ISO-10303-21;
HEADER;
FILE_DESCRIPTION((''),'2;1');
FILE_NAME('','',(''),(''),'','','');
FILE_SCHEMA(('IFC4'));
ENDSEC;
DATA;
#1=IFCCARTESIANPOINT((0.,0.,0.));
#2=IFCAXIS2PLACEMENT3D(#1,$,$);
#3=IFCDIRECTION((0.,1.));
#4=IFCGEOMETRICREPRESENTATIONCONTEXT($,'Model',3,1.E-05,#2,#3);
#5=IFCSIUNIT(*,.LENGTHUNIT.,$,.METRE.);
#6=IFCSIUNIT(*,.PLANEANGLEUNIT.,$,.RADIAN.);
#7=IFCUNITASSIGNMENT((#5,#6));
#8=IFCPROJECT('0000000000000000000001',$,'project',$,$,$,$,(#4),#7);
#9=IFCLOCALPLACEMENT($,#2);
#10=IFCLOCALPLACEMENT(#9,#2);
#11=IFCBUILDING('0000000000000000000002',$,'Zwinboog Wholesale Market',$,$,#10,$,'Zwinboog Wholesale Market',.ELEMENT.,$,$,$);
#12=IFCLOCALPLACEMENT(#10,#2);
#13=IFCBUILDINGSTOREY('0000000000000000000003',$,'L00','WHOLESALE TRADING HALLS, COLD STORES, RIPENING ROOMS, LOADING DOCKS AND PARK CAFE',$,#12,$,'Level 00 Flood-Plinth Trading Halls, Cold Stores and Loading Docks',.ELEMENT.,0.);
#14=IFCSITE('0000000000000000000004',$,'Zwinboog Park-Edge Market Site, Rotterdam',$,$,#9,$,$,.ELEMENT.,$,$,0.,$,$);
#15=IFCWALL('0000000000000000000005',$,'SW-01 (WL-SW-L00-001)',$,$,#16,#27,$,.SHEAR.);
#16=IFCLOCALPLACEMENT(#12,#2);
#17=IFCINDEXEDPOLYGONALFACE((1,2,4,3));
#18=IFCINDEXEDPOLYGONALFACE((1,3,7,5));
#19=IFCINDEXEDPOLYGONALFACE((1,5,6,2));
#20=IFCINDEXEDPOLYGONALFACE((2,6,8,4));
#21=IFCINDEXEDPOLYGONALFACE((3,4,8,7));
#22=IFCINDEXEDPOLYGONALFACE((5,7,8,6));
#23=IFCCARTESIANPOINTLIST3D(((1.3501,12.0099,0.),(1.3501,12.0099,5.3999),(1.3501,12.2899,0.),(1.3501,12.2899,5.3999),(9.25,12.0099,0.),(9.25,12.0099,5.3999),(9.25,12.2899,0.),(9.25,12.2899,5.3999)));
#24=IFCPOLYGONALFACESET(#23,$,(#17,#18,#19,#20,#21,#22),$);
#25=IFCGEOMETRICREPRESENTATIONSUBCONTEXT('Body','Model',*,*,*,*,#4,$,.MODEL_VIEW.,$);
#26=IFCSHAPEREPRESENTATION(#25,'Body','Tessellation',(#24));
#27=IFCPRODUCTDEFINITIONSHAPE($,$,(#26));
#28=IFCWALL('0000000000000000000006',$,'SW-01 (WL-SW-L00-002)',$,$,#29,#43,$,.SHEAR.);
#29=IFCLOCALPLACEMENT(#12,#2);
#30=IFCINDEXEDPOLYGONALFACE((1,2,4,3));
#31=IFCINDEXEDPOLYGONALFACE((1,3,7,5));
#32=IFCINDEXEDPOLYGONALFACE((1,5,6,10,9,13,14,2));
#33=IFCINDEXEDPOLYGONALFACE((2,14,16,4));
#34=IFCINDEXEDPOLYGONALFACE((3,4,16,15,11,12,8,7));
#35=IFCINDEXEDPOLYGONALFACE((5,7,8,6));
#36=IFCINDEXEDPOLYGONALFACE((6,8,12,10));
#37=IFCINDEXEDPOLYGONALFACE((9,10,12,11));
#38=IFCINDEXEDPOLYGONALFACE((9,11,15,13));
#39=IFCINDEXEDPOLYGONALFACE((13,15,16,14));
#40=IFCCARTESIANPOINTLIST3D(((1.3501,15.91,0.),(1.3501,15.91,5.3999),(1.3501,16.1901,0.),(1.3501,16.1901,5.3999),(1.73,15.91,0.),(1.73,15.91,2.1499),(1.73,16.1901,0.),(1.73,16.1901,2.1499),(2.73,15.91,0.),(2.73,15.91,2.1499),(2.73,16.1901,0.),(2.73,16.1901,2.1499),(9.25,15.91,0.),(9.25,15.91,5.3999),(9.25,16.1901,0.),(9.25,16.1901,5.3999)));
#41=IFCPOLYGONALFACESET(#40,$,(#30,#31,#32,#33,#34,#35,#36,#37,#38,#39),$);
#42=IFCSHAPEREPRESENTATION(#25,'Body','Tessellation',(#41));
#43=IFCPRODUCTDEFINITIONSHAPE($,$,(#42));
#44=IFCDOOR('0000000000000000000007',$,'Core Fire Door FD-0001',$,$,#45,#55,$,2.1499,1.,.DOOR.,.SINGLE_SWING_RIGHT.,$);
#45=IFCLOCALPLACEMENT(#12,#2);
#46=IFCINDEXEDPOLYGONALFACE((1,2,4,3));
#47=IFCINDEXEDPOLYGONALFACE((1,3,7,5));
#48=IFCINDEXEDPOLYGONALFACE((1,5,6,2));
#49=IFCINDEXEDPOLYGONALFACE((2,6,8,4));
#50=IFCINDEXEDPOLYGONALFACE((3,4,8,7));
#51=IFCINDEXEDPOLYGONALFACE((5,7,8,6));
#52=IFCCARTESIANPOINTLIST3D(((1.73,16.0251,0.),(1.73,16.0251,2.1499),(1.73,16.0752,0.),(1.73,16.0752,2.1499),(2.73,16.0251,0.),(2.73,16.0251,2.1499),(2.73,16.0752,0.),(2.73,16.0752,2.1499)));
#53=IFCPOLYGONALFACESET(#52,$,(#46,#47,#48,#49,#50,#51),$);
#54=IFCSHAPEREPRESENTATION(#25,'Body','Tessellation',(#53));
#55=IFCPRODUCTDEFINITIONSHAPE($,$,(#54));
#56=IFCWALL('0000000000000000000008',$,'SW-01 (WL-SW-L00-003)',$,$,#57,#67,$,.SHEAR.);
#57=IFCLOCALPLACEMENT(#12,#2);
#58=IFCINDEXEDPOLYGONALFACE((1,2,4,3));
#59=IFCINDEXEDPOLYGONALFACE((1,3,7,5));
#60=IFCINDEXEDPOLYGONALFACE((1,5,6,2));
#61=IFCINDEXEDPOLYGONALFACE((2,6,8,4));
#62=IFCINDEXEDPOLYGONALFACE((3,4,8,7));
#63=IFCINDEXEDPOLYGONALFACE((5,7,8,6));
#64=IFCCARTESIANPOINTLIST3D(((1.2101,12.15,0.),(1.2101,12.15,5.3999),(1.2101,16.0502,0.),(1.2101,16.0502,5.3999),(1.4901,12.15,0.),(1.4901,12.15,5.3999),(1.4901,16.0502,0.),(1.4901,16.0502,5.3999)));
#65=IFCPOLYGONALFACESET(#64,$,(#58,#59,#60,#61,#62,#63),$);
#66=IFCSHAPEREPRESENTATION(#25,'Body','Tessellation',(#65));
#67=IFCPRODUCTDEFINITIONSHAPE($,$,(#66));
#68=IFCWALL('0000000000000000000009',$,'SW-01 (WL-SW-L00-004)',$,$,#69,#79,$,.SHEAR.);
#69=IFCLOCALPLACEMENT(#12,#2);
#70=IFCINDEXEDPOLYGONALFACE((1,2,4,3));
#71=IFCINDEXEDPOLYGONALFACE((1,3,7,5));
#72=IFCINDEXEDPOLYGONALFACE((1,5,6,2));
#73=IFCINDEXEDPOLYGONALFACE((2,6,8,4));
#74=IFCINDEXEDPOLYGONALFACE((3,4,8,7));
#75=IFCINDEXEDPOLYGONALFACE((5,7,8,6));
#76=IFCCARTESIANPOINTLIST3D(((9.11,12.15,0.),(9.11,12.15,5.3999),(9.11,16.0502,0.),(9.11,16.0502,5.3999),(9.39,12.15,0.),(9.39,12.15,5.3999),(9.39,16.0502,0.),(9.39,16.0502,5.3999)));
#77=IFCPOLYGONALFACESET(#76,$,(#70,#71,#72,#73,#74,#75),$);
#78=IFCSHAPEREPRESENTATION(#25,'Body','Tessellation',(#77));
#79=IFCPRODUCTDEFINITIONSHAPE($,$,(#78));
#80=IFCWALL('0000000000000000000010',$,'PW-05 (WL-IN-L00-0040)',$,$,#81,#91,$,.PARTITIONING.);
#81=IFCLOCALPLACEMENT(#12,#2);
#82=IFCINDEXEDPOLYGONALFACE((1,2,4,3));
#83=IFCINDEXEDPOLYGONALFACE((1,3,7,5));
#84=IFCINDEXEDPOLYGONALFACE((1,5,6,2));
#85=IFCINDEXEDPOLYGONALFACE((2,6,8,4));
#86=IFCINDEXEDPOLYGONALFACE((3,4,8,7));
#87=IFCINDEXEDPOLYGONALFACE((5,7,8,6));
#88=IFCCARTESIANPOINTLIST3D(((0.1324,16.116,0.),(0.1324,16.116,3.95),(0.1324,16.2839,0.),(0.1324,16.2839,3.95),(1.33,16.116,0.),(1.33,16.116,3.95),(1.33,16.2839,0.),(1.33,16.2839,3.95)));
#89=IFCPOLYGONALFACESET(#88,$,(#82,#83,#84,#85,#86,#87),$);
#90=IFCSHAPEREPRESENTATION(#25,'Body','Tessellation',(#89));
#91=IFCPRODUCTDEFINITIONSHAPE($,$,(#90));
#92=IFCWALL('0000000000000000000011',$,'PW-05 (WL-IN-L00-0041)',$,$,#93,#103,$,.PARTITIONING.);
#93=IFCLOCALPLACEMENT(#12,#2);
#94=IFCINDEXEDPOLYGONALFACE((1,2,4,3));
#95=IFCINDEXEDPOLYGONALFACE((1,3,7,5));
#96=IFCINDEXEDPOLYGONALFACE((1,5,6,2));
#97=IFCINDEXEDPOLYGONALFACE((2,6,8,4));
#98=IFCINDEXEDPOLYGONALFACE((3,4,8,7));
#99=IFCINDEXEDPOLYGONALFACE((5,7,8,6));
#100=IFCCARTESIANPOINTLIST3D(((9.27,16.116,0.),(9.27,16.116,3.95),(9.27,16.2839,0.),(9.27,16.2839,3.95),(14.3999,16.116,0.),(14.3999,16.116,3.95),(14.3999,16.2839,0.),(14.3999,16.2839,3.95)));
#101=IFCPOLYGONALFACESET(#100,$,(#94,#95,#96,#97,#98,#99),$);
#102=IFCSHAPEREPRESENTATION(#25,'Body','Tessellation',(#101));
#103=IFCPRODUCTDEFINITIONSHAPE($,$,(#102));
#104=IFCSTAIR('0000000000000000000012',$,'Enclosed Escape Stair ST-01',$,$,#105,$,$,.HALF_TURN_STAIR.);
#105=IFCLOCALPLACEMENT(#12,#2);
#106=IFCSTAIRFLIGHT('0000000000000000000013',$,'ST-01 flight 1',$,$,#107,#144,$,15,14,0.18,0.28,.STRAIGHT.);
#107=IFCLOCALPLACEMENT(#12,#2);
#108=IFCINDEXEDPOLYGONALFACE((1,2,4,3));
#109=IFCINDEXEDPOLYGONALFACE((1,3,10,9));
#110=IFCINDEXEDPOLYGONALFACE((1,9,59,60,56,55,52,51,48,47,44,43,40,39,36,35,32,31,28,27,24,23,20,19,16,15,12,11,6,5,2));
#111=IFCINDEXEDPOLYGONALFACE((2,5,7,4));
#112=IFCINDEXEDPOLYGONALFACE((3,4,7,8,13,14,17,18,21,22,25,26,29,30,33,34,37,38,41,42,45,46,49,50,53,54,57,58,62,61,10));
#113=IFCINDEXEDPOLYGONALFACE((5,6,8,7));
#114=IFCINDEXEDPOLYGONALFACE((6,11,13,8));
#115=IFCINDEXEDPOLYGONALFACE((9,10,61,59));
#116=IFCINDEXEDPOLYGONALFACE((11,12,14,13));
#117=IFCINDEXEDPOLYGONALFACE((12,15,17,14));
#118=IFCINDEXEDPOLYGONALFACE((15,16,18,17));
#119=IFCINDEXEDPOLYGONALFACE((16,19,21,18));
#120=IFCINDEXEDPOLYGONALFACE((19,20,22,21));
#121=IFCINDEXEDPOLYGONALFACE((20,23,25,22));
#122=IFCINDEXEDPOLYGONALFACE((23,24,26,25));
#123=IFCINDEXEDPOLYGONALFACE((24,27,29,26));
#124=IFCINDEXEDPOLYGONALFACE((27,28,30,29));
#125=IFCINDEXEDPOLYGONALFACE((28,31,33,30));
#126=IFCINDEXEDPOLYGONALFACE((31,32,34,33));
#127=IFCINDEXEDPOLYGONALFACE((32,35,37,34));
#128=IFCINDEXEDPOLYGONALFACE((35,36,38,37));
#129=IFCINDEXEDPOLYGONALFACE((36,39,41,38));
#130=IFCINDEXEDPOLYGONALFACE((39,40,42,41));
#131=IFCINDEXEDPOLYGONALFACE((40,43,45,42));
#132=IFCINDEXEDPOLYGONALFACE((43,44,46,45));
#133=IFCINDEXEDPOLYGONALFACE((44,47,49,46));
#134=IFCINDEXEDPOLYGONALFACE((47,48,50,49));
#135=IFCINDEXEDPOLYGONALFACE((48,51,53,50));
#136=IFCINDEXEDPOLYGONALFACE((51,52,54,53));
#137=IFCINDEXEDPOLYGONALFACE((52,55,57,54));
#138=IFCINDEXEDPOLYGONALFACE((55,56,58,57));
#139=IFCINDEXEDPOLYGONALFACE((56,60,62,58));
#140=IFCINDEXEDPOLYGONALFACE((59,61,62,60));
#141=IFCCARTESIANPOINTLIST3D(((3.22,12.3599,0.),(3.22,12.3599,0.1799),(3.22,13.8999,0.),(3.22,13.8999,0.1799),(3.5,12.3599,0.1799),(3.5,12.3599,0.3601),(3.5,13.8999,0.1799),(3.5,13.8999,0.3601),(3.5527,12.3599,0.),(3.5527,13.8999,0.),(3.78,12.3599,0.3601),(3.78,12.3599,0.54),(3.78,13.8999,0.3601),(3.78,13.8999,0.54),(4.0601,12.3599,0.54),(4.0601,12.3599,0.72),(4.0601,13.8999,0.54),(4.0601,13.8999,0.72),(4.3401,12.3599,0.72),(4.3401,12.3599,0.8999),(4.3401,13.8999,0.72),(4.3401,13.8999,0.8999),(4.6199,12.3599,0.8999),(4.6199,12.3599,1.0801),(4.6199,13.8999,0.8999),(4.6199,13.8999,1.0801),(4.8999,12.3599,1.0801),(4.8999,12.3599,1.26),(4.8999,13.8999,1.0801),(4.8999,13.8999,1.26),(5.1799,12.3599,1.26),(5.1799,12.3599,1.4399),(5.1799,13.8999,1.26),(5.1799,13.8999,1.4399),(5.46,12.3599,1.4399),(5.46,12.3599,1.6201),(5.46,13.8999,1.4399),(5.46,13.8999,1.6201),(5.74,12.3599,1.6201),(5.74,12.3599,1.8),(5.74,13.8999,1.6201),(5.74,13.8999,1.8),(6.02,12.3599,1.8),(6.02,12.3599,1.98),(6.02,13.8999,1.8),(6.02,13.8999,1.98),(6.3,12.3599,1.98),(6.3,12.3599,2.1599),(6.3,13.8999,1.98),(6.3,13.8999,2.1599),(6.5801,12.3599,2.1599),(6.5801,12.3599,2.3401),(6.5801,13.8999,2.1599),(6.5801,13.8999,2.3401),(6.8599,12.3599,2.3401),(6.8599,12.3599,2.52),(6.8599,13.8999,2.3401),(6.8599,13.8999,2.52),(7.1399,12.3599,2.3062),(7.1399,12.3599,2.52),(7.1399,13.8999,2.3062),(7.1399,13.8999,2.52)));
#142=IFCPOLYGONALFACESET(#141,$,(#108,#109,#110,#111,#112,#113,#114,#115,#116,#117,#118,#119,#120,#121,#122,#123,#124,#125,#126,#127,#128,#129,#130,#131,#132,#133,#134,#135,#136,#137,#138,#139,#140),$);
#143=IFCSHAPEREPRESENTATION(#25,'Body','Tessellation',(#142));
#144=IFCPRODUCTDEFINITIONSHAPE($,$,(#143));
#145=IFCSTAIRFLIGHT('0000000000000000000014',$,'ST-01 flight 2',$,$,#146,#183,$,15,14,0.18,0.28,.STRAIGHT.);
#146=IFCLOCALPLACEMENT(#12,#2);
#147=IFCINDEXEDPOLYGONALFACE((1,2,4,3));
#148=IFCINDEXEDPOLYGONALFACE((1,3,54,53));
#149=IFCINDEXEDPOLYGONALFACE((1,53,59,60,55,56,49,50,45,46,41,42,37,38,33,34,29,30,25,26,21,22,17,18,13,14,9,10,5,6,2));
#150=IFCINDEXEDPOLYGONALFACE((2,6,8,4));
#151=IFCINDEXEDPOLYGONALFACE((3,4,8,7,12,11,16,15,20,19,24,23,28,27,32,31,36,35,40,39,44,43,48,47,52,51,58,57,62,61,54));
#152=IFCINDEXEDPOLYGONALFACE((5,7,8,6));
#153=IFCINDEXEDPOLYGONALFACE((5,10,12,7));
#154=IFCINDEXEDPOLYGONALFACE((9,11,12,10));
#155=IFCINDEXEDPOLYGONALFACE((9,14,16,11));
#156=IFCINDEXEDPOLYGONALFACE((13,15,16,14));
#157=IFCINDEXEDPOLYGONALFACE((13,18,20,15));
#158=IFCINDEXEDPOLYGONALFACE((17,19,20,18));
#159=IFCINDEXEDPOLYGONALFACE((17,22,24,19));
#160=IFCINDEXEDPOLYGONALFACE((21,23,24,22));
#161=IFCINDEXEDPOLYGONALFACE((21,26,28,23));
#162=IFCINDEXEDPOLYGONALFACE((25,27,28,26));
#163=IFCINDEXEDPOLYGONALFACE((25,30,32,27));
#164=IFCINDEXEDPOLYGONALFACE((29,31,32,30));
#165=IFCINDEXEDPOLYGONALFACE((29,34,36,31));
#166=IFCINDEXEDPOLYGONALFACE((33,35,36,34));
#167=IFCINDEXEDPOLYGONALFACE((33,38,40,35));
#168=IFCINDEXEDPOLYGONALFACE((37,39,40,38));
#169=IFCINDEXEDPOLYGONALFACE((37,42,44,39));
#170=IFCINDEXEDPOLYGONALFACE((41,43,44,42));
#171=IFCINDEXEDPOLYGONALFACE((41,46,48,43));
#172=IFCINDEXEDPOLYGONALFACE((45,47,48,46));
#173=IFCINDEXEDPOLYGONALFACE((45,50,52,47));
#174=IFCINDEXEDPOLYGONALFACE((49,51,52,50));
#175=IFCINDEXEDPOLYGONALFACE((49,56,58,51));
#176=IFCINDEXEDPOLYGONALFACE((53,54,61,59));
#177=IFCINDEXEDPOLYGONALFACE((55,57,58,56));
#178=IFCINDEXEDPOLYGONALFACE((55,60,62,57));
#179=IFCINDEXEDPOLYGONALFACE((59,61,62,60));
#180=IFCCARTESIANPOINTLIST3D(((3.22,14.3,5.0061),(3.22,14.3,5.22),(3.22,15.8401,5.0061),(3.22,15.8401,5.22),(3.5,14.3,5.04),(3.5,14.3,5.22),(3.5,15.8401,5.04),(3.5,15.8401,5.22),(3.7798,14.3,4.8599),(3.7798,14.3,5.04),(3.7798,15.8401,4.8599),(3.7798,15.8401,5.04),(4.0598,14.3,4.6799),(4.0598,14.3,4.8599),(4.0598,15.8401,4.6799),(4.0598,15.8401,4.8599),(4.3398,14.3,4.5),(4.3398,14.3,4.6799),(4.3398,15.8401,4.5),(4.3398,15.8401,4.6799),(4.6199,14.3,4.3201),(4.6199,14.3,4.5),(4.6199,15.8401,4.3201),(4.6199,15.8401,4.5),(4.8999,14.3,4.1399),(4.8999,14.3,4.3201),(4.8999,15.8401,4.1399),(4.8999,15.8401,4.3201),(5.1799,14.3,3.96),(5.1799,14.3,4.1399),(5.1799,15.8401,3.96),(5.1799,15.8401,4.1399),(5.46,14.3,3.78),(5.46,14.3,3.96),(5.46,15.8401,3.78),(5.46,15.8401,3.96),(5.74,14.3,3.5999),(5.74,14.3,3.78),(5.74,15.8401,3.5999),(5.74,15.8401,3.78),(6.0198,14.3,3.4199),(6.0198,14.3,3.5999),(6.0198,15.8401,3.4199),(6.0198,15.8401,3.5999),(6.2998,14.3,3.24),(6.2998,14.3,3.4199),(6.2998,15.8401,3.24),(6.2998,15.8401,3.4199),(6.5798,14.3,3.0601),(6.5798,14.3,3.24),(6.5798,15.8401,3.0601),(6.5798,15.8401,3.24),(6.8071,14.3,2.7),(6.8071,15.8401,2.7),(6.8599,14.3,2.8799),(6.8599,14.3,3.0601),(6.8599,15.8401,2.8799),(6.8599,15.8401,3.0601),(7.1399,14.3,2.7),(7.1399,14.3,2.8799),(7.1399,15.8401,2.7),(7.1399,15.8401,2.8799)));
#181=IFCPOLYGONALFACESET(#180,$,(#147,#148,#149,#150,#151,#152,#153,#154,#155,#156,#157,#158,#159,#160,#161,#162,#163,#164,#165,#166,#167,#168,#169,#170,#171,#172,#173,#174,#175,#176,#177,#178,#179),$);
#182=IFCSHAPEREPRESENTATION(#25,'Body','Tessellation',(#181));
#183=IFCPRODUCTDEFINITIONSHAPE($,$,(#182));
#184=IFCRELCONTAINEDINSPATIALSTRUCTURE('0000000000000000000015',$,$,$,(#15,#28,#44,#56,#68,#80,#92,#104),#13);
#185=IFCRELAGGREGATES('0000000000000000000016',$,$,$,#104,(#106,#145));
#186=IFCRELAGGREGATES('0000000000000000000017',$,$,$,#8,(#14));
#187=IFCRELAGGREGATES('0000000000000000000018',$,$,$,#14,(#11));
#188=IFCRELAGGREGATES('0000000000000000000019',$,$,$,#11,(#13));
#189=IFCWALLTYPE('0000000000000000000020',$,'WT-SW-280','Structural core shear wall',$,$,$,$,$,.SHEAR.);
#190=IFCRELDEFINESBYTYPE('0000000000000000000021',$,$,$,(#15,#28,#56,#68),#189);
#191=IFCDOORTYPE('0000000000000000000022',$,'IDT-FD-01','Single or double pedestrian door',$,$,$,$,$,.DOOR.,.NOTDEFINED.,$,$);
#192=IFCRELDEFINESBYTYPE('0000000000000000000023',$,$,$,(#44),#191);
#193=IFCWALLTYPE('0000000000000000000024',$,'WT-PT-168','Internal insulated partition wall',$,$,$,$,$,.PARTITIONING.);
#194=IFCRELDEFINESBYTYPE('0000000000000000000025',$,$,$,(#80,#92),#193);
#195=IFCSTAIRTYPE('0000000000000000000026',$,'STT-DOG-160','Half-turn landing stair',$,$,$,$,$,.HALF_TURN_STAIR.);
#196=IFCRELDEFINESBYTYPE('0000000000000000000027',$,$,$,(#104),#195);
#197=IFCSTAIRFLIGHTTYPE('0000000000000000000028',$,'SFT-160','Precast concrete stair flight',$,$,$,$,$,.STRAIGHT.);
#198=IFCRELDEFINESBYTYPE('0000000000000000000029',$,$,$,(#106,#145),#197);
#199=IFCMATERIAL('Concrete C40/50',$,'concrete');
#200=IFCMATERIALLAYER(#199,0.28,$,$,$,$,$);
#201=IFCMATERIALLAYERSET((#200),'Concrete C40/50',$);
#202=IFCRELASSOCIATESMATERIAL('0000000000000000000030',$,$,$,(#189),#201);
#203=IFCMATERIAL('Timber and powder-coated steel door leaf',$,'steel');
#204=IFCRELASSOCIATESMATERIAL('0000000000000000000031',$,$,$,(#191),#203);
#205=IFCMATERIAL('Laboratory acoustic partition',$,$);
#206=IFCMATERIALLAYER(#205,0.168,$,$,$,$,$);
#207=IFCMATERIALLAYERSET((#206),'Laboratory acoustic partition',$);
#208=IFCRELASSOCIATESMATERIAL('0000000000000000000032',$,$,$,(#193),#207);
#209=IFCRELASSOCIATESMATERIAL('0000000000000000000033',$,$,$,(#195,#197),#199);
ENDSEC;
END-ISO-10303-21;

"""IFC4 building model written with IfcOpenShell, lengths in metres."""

from ifc_helpers import new_model, si_unit, direction, frame, frame_2d, origin, place, context, subcontext, project, spatial, polyline, rectangle, outline, extrude, material, layer, layer_set, type_object, element, fill, aggregate, save


model = new_model("IFC4")

# Units and contexts
model_context = context("Model", 3, precision=1e-05, world=origin(), true_north=direction((0.0, 1.0)))
body_context = subcontext(model_context, "Body", "Model", "MODEL_VIEW")
ifc_project = project(units=[si_unit("LENGTHUNIT", "METRE"), si_unit("PLANEANGLEUNIT", "RADIAN")], contexts=[model_context])

# Site, building, storey
site_placement = place(None, origin())
site = spatial("IfcSite", under=ifc_project, at=site_placement, Name="Zwinboog Park-Edge Market Site, Rotterdam", CompositionType="ELEMENT", RefElevation=0.0)
building_placement = place(site_placement, origin())
building = spatial("IfcBuilding", under=site, at=building_placement, Name="Zwinboog Wholesale Market", LongName="Zwinboog Wholesale Market", CompositionType="ELEMENT")
storey_placement = place(building_placement, origin())
storey = spatial("IfcBuildingStorey", under=building, at=storey_placement, Name="L00", Description="WHOLESALE TRADING HALLS, COLD STORES, RIPENING ROOMS, LOADING DOCKS AND PARK CAFE", LongName="Level 00 Flood-Plinth Trading Halls, Cold Stores and Loading Docks", CompositionType="ELEMENT", Elevation=0.0)

# Shared definitions
ifc_material_1 = material(Name="Concrete C40/50", Category="concrete")

# Wall
ifc_layer_1 = layer(ifc_material_1, 0.28)
ifc_layer_set_1 = layer_set([ifc_layer_1], Name="Concrete C40/50")
wall_type_1 = type_object("IfcWallType", Name="WT-SW-280", Description="Structural core shear wall", PredefinedType="SHEAR", material=ifc_layer_set_1)
wall_1_placement = place(storey_placement, frame((1.3501, 12.1499, 0.0), z_axis=(0.0, 0.0, 1.0), x_axis=(1.0, 0.0, 0.0)))
element("IfcWall", 1, at=wall_1_placement, inside=storey, type_object=wall_type_1, Name="SW-01 (WL-SW-L00-001)", PredefinedType="SHEAR", context=body_context, shape_type="SweptSolid", body=[
    extrude(rectangle(XDim=7.8999, YDim=0.28, at=frame_2d((3.95, 0.0))), origin(), (0.0, 0.0, 1.0), 5.3999),
])

# Wall, opening, door
wall_2_placement = place(storey_placement, frame((1.3501, 16.05, 0.0), z_axis=(0.0, 0.0, 1.0), x_axis=(1.0, 0.0, 0.0)))
wall_2 = element("IfcWall", 2, at=wall_2_placement, inside=storey, type_object=wall_type_1, Name="SW-01 (WL-SW-L00-002)", PredefinedType="SHEAR", context=body_context, shape_type="SweptSolid", body=[
    extrude(rectangle(XDim=7.8999, YDim=0.28, at=frame_2d((3.95, 0.0))), origin(), (0.0, 0.0, 1.0), 5.3999),
])
opening_placement = place(wall_2_placement, frame((0.3799, 0.0, 0.0)))
opening = element("IfcOpeningElement", 3, at=opening_placement, cuts=wall_2, PredefinedType="OPENING", context=body_context, shape_type="SweptSolid", body=[
    extrude(rectangle(XDim=1.0, YDim=2.1499, at=frame_2d((0.5, 1.075))), frame((0.0, 0.1499, 0.0), z_axis=(0.0, -1.0, 0.0), x_axis=(1.0, 0.0, 0.0)), (0.0, 0.0, 1.0), 0.3),
])
ifc_material_2 = material(Name="Timber and powder-coated steel door leaf", Category="steel")
door_type = type_object("IfcDoorType", Name="IDT-FD-01", Description="Single or double pedestrian door", OperationType="NOTDEFINED", PredefinedType="DOOR", material=ifc_material_2)
door_placement = place(opening_placement, frame((1.0, 0.0, 0.0), z_axis=(0.0, 0.0, 1.0), x_axis=(-1.0, 0.0, 0.0)))
door = element("IfcDoor", 4, at=door_placement, inside=storey, type_object=door_type, Name="Core Fire Door FD-0001", OperationType="SINGLE_SWING_RIGHT", OverallHeight=2.1499, OverallWidth=1.0, PredefinedType="DOOR", context=body_context, shape_type="SweptSolid", body=[
    extrude(rectangle(XDim=1.0, YDim=2.1499, at=frame_2d((0.5, 1.075))), frame((0.0, 0.0249, 0.0), z_axis=(0.0, -1.0, 0.0), x_axis=(1.0, 0.0, 0.0)), (0.0, 0.0, 1.0), 0.05),
])
fill(opening, door)

# Walls
for number, where, z_axis, x_axis, name in (
    (5, (1.3501, 12.1499, 0.0), (0.0, 0.0, 1.0), (0.0, 1.0, 0.0), "SW-01 (WL-SW-L00-003)"),
    (6, (9.25, 12.1499, 0.0), (0.0, 0.0, 1.0), (0.0, 1.0, 0.0), "SW-01 (WL-SW-L00-004)"),
):
    element("IfcWall", number, at=place(storey_placement, frame(where, z_axis=z_axis, x_axis=x_axis)), inside=storey, type_object=wall_type_1, Name=name, PredefinedType="SHEAR", context=body_context, shape_type="SweptSolid", body=[
        extrude(rectangle(XDim=3.9001, YDim=0.28, at=frame_2d((1.9502, 0.0))), origin(), (0.0, 0.0, 1.0), 5.3999),
    ])
ifc_material_3 = material(Name="Laboratory acoustic partition")
ifc_layer_2 = layer(ifc_material_3, 0.168)
ifc_layer_set_2 = layer_set([ifc_layer_2], Name="Laboratory acoustic partition")
wall_type_2 = type_object("IfcWallType", Name="WT-PT-168", Description="Internal insulated partition wall", PredefinedType="PARTITIONING", material=ifc_layer_set_2)
wall_3_placement = place(storey_placement, frame((0.1326, 16.2, 0.0), z_axis=(0.0, 0.0, 1.0), x_axis=(1.0, 0.0, 0.0)))
element("IfcWall", 7, at=wall_3_placement, inside=storey, type_object=wall_type_2, Name="PW-05 (WL-IN-L00-0040)", PredefinedType="PARTITIONING", context=body_context, shape_type="SweptSolid", body=[
    extrude(rectangle(XDim=1.1975, YDim=0.168, at=frame_2d((0.5986, 0.0))), origin(), (0.0, 0.0, 1.0), 3.95),
])
wall_4_placement = place(storey_placement, frame((9.27, 16.2, 0.0), z_axis=(0.0, 0.0, 1.0), x_axis=(1.0, 0.0, 0.0)))
element("IfcWall", 8, at=wall_4_placement, inside=storey, type_object=wall_type_2, Name="PW-05 (WL-IN-L00-0041)", PredefinedType="PARTITIONING", context=body_context, shape_type="SweptSolid", body=[
    extrude(rectangle(XDim=5.1299, YDim=0.168, at=frame_2d((2.5649, 0.0))), origin(), (0.0, 0.0, 1.0), 3.95),
])

# Stair, stair flights
stair_type = type_object("IfcStairType", Name="STT-DOG-160", Description="Half-turn landing stair", PredefinedType="HALF_TURN_STAIR", material=ifc_material_1)
stair_placement = place(storey_placement, origin())
stair = element("IfcStair", 9, at=stair_placement, inside=storey, type_object=stair_type, Name="Enclosed Escape Stair ST-01", PredefinedType="HALF_TURN_STAIR")
stair_flight_type = type_object("IfcStairFlightType", Name="SFT-160", Description="Precast concrete stair flight", PredefinedType="STRAIGHT", material=ifc_material_1)
stair_flight_1_placement = place(storey_placement, frame((3.22, 13.1299, 0.0), z_axis=(0.0, 0.0, 1.0), x_axis=(1.0, 0.0, 0.0)))
stair_flight_1 = element("IfcStairFlight", 10, at=stair_flight_1_placement, type_object=stair_flight_type, Name="ST-01 flight 1", NumberOfRisers=15, NumberOfTreads=14, PredefinedType="STRAIGHT", RiserHeight=0.18, TreadLength=0.28, context=body_context, shape_type="SweptSolid", body=[
    extrude(outline(polyline([(0.0, 0.0), (0.0, 0.1799), (0.28, 0.1799), (0.28, 0.3601), (0.5601, 0.3601), (0.5601, 0.54), (0.8401, 0.54), (0.8401, 0.72), (1.1201, 0.72), (1.1201, 0.8999), (1.3999, 0.8999), (1.3999, 1.0801), (1.6799, 1.0801), (1.6799, 1.26), (1.96, 1.26), (1.96, 1.4399), (2.24, 1.4399), (2.24, 1.6201), (2.52, 1.6201), (2.52, 1.8), (2.8, 1.8), (2.8, 1.98), (3.0801, 1.98), (3.0801, 2.1599), (3.3601, 2.1599), (3.3601, 2.3401), (3.6399, 2.3401), (3.6399, 2.52), (3.9199, 2.52), (3.9199, 2.7), (3.9199, 2.3062), (0.3328, 0.0), (0.0, 0.0)])), frame((0.0, 0.77, 0.0), z_axis=(0.0, -1.0, 0.0), x_axis=(1.0, 0.0, 0.0)), (0.0, 0.0, 1.0), 1.54),
])
stair_flight_2_placement = place(storey_placement, frame((7.1399, 15.0701, 2.7), z_axis=(0.0, 0.0, 1.0), x_axis=(-1.0, 0.0, 0.0)))
stair_flight_2 = element("IfcStairFlight", 11, at=stair_flight_2_placement, type_object=stair_flight_type, Name="ST-01 flight 2", NumberOfRisers=15, NumberOfTreads=14, PredefinedType="STRAIGHT", RiserHeight=0.18, TreadLength=0.28, context=body_context, shape_type="SweptSolid", body=[
    extrude(outline(polyline([(0.0, 0.0), (0.0, 0.1799), (0.28, 0.1799), (0.28, 0.3601), (0.5601, 0.3601), (0.5601, 0.54), (0.8401, 0.54), (0.8401, 0.72), (1.1201, 0.72), (1.1201, 0.8999), (1.3999, 0.8999), (1.3999, 1.0801), (1.6799, 1.0801), (1.6799, 1.26), (1.96, 1.26), (1.96, 1.4399), (2.24, 1.4399), (2.24, 1.6201), (2.52, 1.6201), (2.52, 1.8), (2.8, 1.8), (2.8, 1.98), (3.0801, 1.98), (3.0801, 2.1599), (3.3601, 2.1599), (3.3601, 2.3401), (3.6399, 2.3401), (3.6399, 2.52), (3.9199, 2.52), (3.9199, 2.7), (3.9199, 2.3062), (0.3328, 0.0), (0.0, 0.0)])), frame((0.0, 0.77, 0.0), z_axis=(0.0, -1.0, 0.0), x_axis=(1.0, 0.0, 0.0)), (0.0, 0.0, 1.0), 1.54),
])
aggregate(stair, [stair_flight_1, stair_flight_2])

save(model, "model.ifc")
